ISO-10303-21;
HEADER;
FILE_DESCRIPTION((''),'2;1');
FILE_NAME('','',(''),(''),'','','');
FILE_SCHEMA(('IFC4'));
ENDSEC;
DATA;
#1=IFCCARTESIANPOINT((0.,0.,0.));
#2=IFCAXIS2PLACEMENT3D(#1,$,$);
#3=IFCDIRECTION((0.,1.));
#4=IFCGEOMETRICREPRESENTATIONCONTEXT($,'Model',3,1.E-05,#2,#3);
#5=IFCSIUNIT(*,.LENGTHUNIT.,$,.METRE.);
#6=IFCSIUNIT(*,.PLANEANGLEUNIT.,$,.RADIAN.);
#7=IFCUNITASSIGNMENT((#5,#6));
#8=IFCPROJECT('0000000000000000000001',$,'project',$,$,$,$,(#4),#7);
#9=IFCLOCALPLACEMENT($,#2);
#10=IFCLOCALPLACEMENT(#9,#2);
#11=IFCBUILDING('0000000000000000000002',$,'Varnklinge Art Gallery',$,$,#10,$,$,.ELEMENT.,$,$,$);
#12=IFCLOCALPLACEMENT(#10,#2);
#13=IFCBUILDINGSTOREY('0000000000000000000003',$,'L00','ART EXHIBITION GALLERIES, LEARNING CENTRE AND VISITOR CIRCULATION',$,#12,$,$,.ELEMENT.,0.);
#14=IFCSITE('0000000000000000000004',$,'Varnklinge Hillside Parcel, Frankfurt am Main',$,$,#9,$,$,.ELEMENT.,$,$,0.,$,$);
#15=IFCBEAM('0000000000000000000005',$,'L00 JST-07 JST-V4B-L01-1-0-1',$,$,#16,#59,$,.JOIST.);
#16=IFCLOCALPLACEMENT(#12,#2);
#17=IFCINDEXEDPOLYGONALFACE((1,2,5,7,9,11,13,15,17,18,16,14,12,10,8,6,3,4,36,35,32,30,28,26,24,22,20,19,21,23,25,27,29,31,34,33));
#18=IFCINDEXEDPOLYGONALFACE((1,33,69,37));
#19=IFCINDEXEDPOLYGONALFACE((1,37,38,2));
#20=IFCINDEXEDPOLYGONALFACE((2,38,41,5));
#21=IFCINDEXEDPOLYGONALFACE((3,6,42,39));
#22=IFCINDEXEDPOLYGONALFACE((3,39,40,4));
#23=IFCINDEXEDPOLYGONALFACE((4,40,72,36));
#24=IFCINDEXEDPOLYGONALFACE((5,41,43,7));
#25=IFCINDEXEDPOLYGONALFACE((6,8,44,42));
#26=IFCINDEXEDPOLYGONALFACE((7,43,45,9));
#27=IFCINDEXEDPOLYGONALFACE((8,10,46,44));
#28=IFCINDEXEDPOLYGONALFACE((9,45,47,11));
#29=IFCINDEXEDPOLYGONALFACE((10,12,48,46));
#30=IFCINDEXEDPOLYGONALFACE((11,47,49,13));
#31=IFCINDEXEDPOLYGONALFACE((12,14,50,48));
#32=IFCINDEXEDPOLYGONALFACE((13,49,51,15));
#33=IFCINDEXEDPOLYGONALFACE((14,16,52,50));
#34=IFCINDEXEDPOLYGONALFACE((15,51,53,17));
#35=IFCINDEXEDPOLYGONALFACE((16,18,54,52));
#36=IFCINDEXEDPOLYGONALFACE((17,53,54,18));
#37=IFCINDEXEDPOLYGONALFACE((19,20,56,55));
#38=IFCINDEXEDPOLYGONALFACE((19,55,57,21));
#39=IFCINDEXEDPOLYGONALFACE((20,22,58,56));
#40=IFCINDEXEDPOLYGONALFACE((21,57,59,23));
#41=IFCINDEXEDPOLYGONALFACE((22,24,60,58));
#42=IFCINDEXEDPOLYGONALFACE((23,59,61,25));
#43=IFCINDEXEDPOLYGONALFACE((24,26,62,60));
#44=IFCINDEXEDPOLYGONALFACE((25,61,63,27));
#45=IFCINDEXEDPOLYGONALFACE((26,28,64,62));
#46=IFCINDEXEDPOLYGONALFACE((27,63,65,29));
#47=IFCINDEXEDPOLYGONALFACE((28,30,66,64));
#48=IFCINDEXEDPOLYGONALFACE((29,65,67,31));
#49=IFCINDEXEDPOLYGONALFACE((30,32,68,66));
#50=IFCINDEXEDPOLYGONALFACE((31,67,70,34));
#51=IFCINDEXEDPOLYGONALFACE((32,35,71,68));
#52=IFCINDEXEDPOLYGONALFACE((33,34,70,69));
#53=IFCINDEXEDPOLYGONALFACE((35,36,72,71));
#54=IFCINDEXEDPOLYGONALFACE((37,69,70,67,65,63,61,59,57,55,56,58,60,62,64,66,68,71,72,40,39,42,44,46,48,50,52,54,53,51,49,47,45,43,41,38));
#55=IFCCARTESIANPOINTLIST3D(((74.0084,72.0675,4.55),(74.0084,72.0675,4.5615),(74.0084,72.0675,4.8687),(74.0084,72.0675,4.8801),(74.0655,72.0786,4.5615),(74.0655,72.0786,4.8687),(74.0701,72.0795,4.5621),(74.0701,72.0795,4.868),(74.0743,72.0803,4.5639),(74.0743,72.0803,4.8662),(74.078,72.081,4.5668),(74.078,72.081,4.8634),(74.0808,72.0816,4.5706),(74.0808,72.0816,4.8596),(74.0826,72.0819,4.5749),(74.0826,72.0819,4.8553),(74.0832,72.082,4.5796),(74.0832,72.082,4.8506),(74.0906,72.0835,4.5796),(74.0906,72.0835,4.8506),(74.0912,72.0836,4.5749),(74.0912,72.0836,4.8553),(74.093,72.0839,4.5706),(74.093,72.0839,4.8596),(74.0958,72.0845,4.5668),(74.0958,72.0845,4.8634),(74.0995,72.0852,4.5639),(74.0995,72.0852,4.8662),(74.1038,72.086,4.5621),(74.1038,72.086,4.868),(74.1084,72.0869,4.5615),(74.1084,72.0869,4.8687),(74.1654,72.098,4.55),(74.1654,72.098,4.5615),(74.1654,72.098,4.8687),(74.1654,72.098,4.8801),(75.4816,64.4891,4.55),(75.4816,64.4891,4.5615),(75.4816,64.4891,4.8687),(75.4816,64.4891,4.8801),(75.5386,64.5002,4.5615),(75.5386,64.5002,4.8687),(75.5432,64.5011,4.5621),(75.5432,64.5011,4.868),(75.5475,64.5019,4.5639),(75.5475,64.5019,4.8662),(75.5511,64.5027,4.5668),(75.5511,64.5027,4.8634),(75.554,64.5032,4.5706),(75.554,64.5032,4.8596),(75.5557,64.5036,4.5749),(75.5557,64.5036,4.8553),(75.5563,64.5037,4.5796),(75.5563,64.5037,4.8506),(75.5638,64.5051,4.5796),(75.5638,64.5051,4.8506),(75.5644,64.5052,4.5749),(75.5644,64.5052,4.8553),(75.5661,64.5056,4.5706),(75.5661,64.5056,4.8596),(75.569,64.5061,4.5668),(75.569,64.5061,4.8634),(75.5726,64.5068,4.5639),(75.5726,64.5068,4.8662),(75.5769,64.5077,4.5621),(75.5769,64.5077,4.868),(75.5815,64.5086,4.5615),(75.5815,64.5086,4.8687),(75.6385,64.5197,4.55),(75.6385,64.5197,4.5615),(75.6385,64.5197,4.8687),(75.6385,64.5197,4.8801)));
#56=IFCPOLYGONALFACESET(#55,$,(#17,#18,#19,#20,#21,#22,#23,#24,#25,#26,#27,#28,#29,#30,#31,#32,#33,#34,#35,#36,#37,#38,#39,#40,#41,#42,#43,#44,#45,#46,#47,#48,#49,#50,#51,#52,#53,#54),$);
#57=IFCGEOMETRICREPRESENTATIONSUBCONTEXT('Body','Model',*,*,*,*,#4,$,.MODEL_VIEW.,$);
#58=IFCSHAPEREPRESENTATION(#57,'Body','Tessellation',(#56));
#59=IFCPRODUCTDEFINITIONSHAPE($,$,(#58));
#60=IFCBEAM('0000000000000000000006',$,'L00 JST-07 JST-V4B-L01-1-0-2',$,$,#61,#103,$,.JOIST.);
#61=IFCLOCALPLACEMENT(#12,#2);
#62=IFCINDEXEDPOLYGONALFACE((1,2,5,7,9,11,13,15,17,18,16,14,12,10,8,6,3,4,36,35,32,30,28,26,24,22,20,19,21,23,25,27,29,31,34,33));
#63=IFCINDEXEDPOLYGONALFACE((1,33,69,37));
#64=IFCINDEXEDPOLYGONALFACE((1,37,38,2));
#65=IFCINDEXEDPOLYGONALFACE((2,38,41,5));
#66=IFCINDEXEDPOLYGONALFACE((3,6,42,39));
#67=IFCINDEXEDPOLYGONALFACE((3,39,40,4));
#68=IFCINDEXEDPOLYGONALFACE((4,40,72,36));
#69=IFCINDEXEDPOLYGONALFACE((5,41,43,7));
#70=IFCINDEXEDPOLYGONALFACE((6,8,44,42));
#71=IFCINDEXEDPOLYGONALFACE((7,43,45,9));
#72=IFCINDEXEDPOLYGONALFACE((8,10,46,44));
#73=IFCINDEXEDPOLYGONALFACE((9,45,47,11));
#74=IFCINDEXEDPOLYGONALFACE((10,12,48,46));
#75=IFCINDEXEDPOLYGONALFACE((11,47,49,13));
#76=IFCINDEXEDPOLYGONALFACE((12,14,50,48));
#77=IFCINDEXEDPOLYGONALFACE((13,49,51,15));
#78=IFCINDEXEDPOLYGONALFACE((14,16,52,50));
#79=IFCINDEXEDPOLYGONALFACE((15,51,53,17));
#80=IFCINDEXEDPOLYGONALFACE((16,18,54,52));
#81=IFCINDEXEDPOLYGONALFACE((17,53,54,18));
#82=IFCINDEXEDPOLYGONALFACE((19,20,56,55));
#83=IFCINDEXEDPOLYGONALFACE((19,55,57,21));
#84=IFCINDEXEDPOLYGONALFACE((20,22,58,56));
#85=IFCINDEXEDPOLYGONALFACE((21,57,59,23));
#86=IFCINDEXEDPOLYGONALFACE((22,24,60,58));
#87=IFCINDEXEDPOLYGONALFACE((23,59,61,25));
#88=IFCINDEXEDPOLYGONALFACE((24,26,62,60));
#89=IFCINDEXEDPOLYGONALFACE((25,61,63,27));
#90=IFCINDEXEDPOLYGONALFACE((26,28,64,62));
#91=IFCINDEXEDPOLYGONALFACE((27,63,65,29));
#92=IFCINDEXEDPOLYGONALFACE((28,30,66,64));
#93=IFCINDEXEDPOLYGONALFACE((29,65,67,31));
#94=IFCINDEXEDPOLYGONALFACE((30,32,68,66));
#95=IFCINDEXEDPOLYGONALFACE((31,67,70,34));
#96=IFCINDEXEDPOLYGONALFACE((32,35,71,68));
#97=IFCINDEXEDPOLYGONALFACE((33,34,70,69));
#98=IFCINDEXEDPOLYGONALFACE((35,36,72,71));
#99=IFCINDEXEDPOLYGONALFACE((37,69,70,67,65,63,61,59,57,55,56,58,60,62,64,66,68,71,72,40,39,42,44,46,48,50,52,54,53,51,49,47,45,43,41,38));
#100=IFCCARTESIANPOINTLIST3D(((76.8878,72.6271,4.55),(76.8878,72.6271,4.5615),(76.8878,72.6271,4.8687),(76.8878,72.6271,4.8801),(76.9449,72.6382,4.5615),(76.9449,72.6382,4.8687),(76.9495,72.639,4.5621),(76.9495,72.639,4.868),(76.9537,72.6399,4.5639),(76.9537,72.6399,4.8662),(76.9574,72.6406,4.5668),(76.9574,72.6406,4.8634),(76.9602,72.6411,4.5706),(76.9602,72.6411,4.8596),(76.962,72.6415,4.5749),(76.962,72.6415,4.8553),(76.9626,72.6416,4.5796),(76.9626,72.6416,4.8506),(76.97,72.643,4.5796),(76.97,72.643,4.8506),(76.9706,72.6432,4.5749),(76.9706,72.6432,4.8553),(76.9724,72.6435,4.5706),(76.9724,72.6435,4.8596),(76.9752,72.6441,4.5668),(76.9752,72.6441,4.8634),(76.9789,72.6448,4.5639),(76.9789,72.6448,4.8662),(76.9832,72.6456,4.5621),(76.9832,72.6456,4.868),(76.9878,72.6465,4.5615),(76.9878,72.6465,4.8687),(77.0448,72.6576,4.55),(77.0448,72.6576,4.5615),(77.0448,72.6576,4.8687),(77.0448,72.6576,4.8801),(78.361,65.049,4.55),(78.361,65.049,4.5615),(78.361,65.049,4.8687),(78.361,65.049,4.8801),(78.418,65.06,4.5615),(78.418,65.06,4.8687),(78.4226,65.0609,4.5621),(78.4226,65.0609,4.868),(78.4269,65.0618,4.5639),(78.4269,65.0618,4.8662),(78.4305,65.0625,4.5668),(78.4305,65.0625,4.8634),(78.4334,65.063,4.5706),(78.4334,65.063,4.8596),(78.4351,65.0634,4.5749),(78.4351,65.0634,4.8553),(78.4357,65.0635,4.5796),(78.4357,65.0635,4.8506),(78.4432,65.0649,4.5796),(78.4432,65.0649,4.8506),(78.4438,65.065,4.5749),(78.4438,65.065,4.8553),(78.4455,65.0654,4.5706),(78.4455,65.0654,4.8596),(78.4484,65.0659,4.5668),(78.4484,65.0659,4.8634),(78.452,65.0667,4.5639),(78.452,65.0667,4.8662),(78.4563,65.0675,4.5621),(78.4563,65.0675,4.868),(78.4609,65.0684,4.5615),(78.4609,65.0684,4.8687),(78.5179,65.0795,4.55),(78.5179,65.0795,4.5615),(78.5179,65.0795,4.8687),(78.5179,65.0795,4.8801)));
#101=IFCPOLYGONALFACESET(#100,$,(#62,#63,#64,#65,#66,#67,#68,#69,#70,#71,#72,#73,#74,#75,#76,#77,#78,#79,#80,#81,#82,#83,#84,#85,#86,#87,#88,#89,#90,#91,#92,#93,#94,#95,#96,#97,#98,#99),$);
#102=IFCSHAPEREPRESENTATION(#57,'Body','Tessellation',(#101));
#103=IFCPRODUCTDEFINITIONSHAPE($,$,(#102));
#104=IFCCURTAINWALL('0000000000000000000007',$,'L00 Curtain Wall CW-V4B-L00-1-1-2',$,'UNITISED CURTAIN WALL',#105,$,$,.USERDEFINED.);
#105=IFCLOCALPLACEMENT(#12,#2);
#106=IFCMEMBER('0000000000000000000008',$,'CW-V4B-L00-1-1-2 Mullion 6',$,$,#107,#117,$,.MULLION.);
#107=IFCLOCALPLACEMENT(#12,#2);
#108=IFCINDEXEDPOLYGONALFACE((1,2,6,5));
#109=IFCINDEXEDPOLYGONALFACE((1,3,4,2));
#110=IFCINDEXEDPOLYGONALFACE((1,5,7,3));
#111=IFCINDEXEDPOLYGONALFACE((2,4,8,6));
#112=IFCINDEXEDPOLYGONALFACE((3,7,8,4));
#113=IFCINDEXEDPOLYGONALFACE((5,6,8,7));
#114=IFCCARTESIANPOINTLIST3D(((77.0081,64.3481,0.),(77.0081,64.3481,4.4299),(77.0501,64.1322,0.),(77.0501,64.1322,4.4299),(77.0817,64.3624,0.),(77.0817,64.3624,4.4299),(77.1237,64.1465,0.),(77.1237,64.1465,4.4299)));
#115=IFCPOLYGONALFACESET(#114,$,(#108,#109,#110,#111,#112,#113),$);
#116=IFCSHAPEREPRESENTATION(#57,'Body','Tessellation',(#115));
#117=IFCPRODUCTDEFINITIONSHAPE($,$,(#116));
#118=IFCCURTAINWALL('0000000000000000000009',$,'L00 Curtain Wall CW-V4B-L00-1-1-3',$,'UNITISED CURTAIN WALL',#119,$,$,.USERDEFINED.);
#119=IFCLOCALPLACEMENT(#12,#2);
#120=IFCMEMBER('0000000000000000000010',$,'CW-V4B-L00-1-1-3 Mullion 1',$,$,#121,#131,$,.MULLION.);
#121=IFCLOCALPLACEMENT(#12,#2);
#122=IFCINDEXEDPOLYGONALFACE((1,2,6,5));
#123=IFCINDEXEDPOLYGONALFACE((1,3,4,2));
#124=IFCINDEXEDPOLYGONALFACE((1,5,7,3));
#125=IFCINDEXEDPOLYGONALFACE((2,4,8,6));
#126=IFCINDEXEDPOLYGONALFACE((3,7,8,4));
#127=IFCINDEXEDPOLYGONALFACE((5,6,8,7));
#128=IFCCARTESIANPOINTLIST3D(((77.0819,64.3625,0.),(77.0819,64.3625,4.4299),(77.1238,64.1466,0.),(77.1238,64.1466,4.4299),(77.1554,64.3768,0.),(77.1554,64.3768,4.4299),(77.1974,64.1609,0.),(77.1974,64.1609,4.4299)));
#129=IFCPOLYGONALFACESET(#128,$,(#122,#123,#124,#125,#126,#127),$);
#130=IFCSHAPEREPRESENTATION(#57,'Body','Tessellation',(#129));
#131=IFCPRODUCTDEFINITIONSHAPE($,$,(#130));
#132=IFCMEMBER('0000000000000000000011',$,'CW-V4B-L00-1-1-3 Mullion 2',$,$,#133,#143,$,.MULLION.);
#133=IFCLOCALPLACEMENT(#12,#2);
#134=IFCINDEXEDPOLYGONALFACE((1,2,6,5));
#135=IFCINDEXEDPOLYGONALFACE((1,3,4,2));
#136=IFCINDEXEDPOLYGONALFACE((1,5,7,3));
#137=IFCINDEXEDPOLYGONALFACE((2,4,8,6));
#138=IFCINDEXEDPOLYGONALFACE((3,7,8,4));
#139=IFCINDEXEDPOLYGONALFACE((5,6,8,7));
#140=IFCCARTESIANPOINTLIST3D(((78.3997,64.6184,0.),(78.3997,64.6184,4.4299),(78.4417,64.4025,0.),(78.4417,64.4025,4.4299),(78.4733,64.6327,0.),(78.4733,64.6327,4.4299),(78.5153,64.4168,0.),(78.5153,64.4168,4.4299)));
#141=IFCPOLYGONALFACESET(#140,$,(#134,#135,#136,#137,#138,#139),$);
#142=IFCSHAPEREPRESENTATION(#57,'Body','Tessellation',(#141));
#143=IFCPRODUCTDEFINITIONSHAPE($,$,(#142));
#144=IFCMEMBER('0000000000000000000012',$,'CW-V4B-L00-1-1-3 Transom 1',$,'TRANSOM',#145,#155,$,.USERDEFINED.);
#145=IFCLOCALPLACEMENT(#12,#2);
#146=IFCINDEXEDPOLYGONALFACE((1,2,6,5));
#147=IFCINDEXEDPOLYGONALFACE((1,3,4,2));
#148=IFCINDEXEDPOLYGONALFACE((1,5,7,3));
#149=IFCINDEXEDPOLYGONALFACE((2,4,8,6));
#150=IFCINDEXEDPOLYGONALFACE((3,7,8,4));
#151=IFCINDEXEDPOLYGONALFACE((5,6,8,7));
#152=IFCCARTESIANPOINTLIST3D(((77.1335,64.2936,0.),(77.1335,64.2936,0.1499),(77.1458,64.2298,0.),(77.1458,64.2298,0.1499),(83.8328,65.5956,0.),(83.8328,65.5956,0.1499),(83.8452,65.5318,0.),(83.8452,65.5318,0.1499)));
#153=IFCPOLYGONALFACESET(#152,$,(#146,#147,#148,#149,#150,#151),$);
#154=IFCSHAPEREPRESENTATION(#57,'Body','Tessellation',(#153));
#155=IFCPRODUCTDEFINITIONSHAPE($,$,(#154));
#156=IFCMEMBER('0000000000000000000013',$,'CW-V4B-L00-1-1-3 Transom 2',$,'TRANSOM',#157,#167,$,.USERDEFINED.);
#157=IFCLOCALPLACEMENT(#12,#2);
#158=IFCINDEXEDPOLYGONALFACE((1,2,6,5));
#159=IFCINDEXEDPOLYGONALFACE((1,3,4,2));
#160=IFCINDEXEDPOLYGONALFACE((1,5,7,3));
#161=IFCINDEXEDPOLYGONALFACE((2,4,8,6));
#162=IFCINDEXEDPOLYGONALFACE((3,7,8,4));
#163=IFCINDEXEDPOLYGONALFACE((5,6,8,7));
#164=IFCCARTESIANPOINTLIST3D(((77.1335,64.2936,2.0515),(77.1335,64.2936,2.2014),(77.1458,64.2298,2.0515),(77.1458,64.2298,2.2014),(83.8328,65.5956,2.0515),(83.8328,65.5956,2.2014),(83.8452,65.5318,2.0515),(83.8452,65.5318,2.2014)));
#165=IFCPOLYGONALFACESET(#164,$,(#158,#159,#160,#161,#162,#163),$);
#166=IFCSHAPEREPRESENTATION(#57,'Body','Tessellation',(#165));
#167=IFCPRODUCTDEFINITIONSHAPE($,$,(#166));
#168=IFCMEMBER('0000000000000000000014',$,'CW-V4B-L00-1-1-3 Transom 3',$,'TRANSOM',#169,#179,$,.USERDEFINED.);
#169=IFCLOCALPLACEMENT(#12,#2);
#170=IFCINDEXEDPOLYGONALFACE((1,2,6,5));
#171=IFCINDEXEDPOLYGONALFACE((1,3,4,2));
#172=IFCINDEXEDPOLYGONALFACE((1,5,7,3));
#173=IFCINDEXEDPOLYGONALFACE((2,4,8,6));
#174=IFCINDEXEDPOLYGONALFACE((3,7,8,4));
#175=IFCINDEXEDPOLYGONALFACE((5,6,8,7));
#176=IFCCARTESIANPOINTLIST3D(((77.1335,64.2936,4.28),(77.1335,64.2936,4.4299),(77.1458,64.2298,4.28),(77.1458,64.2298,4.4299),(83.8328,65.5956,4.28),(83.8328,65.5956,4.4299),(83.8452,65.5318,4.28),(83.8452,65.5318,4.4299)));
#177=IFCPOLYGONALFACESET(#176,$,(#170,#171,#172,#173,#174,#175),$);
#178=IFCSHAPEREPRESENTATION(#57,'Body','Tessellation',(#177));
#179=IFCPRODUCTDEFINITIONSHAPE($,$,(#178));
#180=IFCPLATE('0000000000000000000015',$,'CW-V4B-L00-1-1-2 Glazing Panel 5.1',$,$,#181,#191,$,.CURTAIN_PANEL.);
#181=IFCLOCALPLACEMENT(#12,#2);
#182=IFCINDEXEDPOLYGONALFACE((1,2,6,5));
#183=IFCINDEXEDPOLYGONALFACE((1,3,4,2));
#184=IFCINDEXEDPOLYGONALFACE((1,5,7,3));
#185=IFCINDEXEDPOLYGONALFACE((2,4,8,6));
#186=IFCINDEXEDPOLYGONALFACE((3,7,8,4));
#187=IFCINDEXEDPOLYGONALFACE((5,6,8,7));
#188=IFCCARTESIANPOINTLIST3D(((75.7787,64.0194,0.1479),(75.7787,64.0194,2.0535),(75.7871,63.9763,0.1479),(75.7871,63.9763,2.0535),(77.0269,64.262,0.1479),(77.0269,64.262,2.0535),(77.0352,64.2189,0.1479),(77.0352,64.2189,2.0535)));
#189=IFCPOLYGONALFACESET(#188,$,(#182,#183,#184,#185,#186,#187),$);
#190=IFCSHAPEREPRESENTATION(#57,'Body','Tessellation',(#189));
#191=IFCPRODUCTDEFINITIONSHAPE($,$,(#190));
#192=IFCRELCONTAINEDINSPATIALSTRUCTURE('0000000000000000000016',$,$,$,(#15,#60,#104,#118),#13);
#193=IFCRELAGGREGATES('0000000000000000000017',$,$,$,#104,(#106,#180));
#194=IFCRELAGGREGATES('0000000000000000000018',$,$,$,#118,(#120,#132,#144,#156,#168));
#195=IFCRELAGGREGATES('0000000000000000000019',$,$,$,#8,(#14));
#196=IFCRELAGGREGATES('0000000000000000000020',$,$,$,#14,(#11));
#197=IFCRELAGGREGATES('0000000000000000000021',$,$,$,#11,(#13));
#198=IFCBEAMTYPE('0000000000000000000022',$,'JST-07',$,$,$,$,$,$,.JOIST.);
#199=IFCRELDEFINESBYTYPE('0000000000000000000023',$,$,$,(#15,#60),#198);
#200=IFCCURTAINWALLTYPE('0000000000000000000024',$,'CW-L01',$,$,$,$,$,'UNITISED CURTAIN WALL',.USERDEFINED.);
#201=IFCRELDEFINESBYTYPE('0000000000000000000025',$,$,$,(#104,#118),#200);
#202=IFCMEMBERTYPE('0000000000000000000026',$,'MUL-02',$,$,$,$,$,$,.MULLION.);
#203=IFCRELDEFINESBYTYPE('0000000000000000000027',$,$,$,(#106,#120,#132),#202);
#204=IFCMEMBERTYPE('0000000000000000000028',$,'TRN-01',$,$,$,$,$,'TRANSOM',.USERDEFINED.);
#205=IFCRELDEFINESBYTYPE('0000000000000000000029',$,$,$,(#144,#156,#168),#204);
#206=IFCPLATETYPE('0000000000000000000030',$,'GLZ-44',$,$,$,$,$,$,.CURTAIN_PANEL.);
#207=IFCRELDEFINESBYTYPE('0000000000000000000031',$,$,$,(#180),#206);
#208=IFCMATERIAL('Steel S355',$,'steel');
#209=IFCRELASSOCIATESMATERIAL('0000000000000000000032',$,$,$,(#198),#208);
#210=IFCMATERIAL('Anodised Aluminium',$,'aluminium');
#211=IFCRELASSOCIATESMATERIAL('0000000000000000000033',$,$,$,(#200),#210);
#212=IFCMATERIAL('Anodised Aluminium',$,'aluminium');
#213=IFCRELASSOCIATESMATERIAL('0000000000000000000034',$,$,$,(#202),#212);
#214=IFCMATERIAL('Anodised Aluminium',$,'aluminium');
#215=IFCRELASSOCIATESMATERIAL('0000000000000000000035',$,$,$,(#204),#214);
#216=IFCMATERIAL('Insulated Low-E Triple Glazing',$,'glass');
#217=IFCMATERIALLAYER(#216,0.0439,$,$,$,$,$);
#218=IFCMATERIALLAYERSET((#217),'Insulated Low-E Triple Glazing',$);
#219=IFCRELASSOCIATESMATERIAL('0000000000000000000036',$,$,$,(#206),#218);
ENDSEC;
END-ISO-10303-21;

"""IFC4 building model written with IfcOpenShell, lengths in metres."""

from ifc_helpers import new_model, si_unit, direction, frame, origin, origin_2d, place, context, subcontext, project, spatial, rectangle, i_section, extrude, material, layer, layer_set, material_profile, profile_set, type_object, element, aggregate, save


model = new_model("IFC4")

# Units and contexts
model_context = context("Model", 3, precision=1e-05, world=origin(), true_north=direction((0.0, 1.0)))
body_context = subcontext(model_context, "Body", "Model", "MODEL_VIEW")
ifc_project = project(units=[si_unit("LENGTHUNIT", "METRE"), si_unit("PLANEANGLEUNIT", "RADIAN")], contexts=[model_context])

# Site, building, storey
site_placement = place(None, origin())
site = spatial("IfcSite", under=ifc_project, at=site_placement, Name="Varnklinge Hillside Parcel, Frankfurt am Main", CompositionType="ELEMENT", RefElevation=0.0)
building_placement = place(site_placement, origin())
building = spatial("IfcBuilding", under=site, at=building_placement, Name="Varnklinge Art Gallery", CompositionType="ELEMENT")
storey_placement = place(building_placement, origin())
storey = spatial("IfcBuildingStorey", under=building, at=storey_placement, Name="L00", Description="ART EXHIBITION GALLERIES, LEARNING CENTRE AND VISITOR CIRCULATION", CompositionType="ELEMENT", Elevation=0.0)

# Beams
ifc_material_1 = material(Name="Steel S355", Category="steel")
ifc_material_profile_1 = material_profile(ifc_material_1, i_section(OverallWidth=0.1599, OverallDepth=0.3301, WebThickness=0.0076, FlangeThickness=0.0115, FilletRadius=0.0181, at=origin_2d()), Name="IPE 330")
ifc_profile_set_1 = profile_set([ifc_material_profile_1], Name="Steel S355")
beam_type = type_object("IfcBeamType", Name="JST-07", PredefinedType="JOIST", material=ifc_profile_set_1)
beam_1_placement = place(storey_placement, frame((75.5601, 64.5044, 4.7151), z_axis=(-0.190816, 0.981626, 0.0), x_axis=(-0.981626, -0.190816, 0.0)))
element("IfcBeam", 1, at=beam_1_placement, inside=storey, type_object=beam_type, Name="L00 JST-07 JST-V4B-L01-1-0-1", PredefinedType="JOIST", context=body_context, shape_type="SweptSolid", body=[
    extrude(i_section(OverallWidth=0.1599, OverallDepth=0.3301, WebThickness=0.0076, FlangeThickness=0.0115, FilletRadius=0.0181, at=origin_2d()), origin(), (0.0, 0.0, 1.0), 7.7202),
])
beam_2_placement = place(storey_placement, frame((78.4395, 65.0642, 4.7151), z_axis=(-0.190822, 0.981625, 0.0), x_axis=(-0.981625, -0.190822, 0.0)))
element("IfcBeam", 2, at=beam_2_placement, inside=storey, type_object=beam_type, Name="L00 JST-07 JST-V4B-L01-1-0-2", PredefinedType="JOIST", context=body_context, shape_type="SweptSolid", body=[
    extrude(i_section(OverallWidth=0.1599, OverallDepth=0.3301, WebThickness=0.0076, FlangeThickness=0.0115, FilletRadius=0.0181, at=origin_2d()), origin(), (0.0, 0.0, 1.0), 7.72),
])

# Curtain wall, member
ifc_material_2 = material(Name="Anodised Aluminium", Category="aluminium")
curtain_wall_type = type_object("IfcCurtainWallType", Name="CW-L01", ElementType="UNITISED CURTAIN WALL", PredefinedType="USERDEFINED", material=ifc_material_2)
curtain_wall_1_placement = place(storey_placement, origin())
curtain_wall_1 = element("IfcCurtainWall", 3, at=curtain_wall_1_placement, inside=storey, type_object=curtain_wall_type, Name="L00 Curtain Wall CW-V4B-L00-1-1-2", ObjectType="UNITISED CURTAIN WALL", PredefinedType="USERDEFINED")
ifc_material_3 = material(Name="Anodised Aluminium", Category="aluminium")
ifc_material_profile_2 = material_profile(ifc_material_3, rectangle(XDim=0.075, YDim=0.22, at=origin_2d()), Name="ALU 75x220")
ifc_profile_set_2 = profile_set([ifc_material_profile_2], Name="Anodised Aluminium")
member_type_1 = type_object("IfcMemberType", Name="MUL-02", PredefinedType="MULLION", material=ifc_profile_set_2)
member_1_placement = place(storey_placement, frame((77.0659, 64.2473, 0.0), z_axis=(0.0, 0.0, 1.0), x_axis=(0.981627, 0.190809, 0.0)))
member_1 = element("IfcMember", 4, at=member_1_placement, type_object=member_type_1, Name="CW-V4B-L00-1-1-2 Mullion 6", PredefinedType="MULLION", context=body_context, shape_type="SweptSolid", body=[
    extrude(rectangle(XDim=0.075, YDim=0.22, at=origin_2d()), origin(), (0.0, 0.0, 1.0), 4.4299),
])

# Curtain wall, members
curtain_wall_2_placement = place(storey_placement, origin())
curtain_wall_2 = element("IfcCurtainWall", 5, at=curtain_wall_2_placement, inside=storey, type_object=curtain_wall_type, Name="L00 Curtain Wall CW-V4B-L00-1-1-3", ObjectType="UNITISED CURTAIN WALL", PredefinedType="USERDEFINED")
member_2_placement = place(storey_placement, frame((77.1396, 64.2617, 0.0), z_axis=(0.0, 0.0, 1.0), x_axis=(0.981627, 0.190809, 0.0)))
member_2 = element("IfcMember", 6, at=member_2_placement, type_object=member_type_1, Name="CW-V4B-L00-1-1-3 Mullion 1", PredefinedType="MULLION", context=body_context, shape_type="SweptSolid", body=[
    extrude(rectangle(XDim=0.075, YDim=0.22, at=origin_2d()), origin(), (0.0, 0.0, 1.0), 4.4299),
])
member_3_placement = place(storey_placement, frame((78.4575, 64.5176, 0.0), z_axis=(0.0, 0.0, 1.0), x_axis=(0.981627, 0.190809, 0.0)))
member_3 = element("IfcMember", 7, at=member_3_placement, type_object=member_type_1, Name="CW-V4B-L00-1-1-3 Mullion 2", PredefinedType="MULLION", context=body_context, shape_type="SweptSolid", body=[
    extrude(rectangle(XDim=0.075, YDim=0.22, at=origin_2d()), origin(), (0.0, 0.0, 1.0), 4.4299),
])
ifc_material_4 = material(Name="Anodised Aluminium", Category="aluminium")
ifc_material_profile_3 = material_profile(ifc_material_4, rectangle(XDim=0.0649, YDim=0.1499, at=origin_2d()), Name="ALU 65x150")
ifc_profile_set_3 = profile_set([ifc_material_profile_3], Name="Anodised Aluminium")
member_type_2 = type_object("IfcMemberType", Name="TRN-01", ElementType="TRANSOM", PredefinedType="USERDEFINED", material=ifc_profile_set_3)
member_4_placement = place(storey_placement, frame((77.1396, 64.2617, 0.075), z_axis=(0.981634, 0.190775, 0.0), x_axis=(-0.190775, 0.981634, 0.0)))
member_4 = element("IfcMember", 8, at=member_4_placement, type_object=member_type_2, Name="CW-V4B-L00-1-1-3 Transom 1", ObjectType="TRANSOM", PredefinedType="USERDEFINED", context=body_context, shape_type="SweptSolid", body=[
    extrude(rectangle(XDim=0.0649, YDim=0.1499, at=origin_2d()), origin(), (0.0, 0.0, 1.0), 6.8247),
])
member_5_placement = place(storey_placement, frame((77.1396, 64.2617, 2.1265), z_axis=(0.981634, 0.190775, 0.0), x_axis=(-0.190775, 0.981634, 0.0)))
member_5 = element("IfcMember", 9, at=member_5_placement, type_object=member_type_2, Name="CW-V4B-L00-1-1-3 Transom 2", ObjectType="TRANSOM", PredefinedType="USERDEFINED", context=body_context, shape_type="SweptSolid", body=[
    extrude(rectangle(XDim=0.0649, YDim=0.1499, at=origin_2d()), origin(), (0.0, 0.0, 1.0), 6.8247),
])
member_6_placement = place(storey_placement, frame((77.1396, 64.2617, 4.355), z_axis=(0.981634, 0.190775, 0.0), x_axis=(-0.190775, 0.981634, 0.0)))
member_6 = element("IfcMember", 10, at=member_6_placement, type_object=member_type_2, Name="CW-V4B-L00-1-1-3 Transom 3", ObjectType="TRANSOM", PredefinedType="USERDEFINED", context=body_context, shape_type="SweptSolid", body=[
    extrude(rectangle(XDim=0.0649, YDim=0.1499, at=origin_2d()), origin(), (0.0, 0.0, 1.0), 6.8247),
])

# Plate
ifc_material_5 = material(Name="Insulated Low-E Triple Glazing", Category="glass")
ifc_layer_1 = layer(ifc_material_5, 0.0439)
ifc_layer_set_1 = layer_set([ifc_layer_1], Name="Insulated Low-E Triple Glazing")
plate_type = type_object("IfcPlateType", Name="GLZ-44", PredefinedType="CURTAIN_PANEL", material=ifc_layer_set_1)
plate_1_placement = place(storey_placement, frame((76.407, 64.1191, 0.1479), z_axis=(0.0, 0.0, 1.0), x_axis=(0.981627, 0.190809, 0.0)))
plate_1 = element("IfcPlate", 11, at=plate_1_placement, type_object=plate_type, Name="CW-V4B-L00-1-1-2 Glazing Panel 5.1", PredefinedType="CURTAIN_PANEL", context=body_context, shape_type="SweptSolid", body=[
    extrude(rectangle(XDim=1.2715, YDim=0.0439, at=origin_2d()), origin(), (0.0, 0.0, 1.0), 1.9055),
])
aggregate(curtain_wall_1, [member_1, plate_1])
aggregate(curtain_wall_2, [member_2, member_3, member_4, member_5, member_6])

save(model, "model.ifc")
